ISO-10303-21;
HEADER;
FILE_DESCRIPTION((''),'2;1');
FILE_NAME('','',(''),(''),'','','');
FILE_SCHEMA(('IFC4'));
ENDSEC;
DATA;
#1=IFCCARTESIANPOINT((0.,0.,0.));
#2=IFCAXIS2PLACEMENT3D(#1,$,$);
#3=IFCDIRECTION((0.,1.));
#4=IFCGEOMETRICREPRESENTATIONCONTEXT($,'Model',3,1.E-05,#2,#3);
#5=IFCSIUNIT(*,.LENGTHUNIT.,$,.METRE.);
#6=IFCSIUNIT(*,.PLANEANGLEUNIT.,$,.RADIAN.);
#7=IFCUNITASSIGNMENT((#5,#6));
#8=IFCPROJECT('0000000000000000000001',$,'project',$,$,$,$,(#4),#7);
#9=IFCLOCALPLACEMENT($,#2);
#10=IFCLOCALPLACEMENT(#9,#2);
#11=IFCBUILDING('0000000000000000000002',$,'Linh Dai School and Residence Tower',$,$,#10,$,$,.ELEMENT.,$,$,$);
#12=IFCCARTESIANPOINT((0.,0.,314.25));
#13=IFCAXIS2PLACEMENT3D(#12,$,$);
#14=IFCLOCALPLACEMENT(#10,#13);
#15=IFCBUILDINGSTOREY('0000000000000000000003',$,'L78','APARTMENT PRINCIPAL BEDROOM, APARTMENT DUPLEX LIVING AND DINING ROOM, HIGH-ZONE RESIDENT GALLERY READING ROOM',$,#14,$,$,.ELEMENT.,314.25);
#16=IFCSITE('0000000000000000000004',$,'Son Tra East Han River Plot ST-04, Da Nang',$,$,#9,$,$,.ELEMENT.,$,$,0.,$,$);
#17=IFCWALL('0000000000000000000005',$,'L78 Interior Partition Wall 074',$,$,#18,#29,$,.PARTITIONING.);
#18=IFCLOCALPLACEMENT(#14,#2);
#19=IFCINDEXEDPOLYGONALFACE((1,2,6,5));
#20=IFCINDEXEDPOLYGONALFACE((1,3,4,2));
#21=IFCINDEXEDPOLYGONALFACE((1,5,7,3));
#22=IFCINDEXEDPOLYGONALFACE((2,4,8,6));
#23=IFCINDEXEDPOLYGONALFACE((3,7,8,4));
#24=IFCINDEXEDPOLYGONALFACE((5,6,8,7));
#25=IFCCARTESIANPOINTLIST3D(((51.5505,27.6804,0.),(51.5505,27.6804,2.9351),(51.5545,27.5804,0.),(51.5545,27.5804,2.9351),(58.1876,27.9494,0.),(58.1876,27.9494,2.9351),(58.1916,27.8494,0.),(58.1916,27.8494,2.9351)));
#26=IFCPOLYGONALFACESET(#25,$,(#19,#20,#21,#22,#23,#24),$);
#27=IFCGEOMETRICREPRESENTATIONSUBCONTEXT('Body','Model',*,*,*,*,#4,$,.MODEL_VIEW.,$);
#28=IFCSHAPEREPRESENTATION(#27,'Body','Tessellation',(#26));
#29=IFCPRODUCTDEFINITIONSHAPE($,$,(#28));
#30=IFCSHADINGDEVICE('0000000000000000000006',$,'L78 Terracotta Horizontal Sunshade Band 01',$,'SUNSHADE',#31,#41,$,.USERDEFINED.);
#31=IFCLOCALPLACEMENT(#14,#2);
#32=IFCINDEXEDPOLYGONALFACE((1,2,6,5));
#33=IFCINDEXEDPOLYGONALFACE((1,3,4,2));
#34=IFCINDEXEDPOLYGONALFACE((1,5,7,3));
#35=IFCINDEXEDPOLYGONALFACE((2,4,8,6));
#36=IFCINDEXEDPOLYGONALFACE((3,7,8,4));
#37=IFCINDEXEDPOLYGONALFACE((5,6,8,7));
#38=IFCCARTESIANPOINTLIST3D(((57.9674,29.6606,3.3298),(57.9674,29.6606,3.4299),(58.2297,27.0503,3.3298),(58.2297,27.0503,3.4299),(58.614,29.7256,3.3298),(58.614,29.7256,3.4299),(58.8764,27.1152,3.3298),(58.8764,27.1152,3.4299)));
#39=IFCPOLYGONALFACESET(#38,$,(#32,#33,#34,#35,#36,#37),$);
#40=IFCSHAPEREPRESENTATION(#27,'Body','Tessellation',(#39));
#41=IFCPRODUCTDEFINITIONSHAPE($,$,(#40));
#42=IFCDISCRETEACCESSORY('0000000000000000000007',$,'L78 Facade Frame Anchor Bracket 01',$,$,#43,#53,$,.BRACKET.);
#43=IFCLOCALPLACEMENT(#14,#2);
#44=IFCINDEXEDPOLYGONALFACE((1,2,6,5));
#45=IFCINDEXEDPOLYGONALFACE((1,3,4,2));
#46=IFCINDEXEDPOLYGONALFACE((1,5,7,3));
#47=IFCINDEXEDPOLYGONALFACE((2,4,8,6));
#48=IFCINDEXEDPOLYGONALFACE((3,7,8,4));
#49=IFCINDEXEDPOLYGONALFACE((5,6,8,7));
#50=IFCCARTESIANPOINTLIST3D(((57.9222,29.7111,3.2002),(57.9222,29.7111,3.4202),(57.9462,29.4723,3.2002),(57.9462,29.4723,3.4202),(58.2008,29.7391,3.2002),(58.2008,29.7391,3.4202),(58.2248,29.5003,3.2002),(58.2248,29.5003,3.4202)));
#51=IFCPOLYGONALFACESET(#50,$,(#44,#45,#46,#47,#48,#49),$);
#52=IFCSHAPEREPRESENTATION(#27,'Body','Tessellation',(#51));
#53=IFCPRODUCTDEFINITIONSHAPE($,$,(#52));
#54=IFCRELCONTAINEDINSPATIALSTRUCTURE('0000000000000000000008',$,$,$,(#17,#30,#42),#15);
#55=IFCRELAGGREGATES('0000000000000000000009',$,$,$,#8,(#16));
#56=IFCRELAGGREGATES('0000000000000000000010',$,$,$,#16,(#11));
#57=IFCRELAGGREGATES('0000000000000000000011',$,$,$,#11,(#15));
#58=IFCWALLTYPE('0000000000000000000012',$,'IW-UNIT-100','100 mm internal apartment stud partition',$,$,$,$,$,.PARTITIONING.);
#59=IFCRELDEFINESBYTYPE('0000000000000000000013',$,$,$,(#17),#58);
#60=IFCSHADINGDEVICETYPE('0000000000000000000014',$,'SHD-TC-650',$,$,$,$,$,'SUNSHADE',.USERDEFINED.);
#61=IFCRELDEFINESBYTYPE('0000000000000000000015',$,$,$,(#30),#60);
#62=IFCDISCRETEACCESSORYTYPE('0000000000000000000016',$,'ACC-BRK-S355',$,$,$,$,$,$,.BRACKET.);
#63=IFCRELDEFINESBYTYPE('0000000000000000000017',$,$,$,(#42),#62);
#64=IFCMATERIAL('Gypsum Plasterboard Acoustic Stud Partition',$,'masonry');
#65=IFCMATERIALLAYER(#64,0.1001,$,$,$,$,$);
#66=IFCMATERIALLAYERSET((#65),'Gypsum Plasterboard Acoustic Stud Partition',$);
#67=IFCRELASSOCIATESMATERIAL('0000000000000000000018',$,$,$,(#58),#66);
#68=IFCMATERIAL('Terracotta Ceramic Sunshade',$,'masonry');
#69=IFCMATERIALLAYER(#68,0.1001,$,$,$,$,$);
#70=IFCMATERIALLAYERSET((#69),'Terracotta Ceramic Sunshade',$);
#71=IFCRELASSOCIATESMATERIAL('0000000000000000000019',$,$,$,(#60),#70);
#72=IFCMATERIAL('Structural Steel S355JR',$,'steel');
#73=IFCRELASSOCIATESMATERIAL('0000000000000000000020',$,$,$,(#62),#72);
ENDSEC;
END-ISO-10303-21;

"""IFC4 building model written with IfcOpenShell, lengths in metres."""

from ifc_helpers import new_model, si_unit, direction, frame, frame_2d, origin, origin_2d, place, context, subcontext, project, spatial, rectangle, extrude, source, transform, mapped, material, layer, layer_set, type_object, element, save


model = new_model("IFC4")

# Units and contexts
model_context = context("Model", 3, precision=1e-05, world=origin(), true_north=direction((0.0, 1.0)))
body_context = subcontext(model_context, "Body", "Model", "MODEL_VIEW")
ifc_project = project(units=[si_unit("LENGTHUNIT", "METRE"), si_unit("PLANEANGLEUNIT", "RADIAN")], contexts=[model_context])

# Site, building, storey
site_placement = place(None, origin())
site = spatial("IfcSite", under=ifc_project, at=site_placement, Name="Son Tra East Han River Plot ST-04, Da Nang", CompositionType="ELEMENT", RefElevation=0.0)
building_placement = place(site_placement, origin())
building = spatial("IfcBuilding", under=site, at=building_placement, Name="Linh Dai School and Residence Tower", CompositionType="ELEMENT")
storey_placement = place(building_placement, frame((0.0, 0.0, 314.25)))
storey = spatial("IfcBuildingStorey", under=building, at=storey_placement, Name="L78", Description="APARTMENT PRINCIPAL BEDROOM, APARTMENT DUPLEX LIVING AND DINING ROOM, HIGH-ZONE RESIDENT GALLERY READING ROOM", CompositionType="ELEMENT", Elevation=314.25)

# Shared definitions
ifc_material_1 = material(Name="Structural Steel S355JR", Category="steel")

# Shared definitions
ifc_material_2 = material(Name="Gypsum Plasterboard Acoustic Stud Partition", Category="masonry")
ifc_layer_1 = layer(ifc_material_2, 0.1001)
ifc_layer_set_1 = layer_set([ifc_layer_1], Name="Gypsum Plasterboard Acoustic Stud Partition")
wall_type_1 = type_object("IfcWallType", Name="IW-UNIT-100", Description="100 mm internal apartment stud partition", PredefinedType="PARTITIONING", material=ifc_layer_set_1)

# Wall
wall_1_placement = place(storey_placement, frame((51.5525, 27.6304, 0.0), z_axis=(0.0, 0.0, 1.0), x_axis=(0.999179, 0.040502, 0.0)))
element("IfcWall", 1, at=wall_1_placement, inside=storey, type_object=wall_type_1, Name="L78 Interior Partition Wall 074", PredefinedType="PARTITIONING", context=body_context, shape_type="SweptSolid", body=[
    extrude(rectangle(XDim=6.6426, YDim=0.1001, at=frame_2d((3.3213, 0.0))), origin(), (0.0, 0.0, 1.0), 2.9351),
])

# Shading device
ifc_material_3 = material(Name="Terracotta Ceramic Sunshade", Category="masonry")
ifc_layer_2 = layer(ifc_material_3, 0.1001)
ifc_layer_set_2 = layer_set([ifc_layer_2], Name="Terracotta Ceramic Sunshade")
shading_device_type = type_object("IfcShadingDeviceType", Name="SHD-TC-650", ElementType="SUNSHADE", PredefinedType="USERDEFINED", material=ifc_layer_set_2)
shared_shape_1 = source(origin(), body_context, "Body", "SweptSolid", [
    extrude(rectangle(XDim=2.6235, YDim=0.6499, at=origin_2d()), origin(), (0.0, 0.0, 1.0), 0.1001),
])
shading_device_placement = place(storey_placement, frame((58.4219, 28.3879, 3.3298), z_axis=(0.0, 0.0, 1.0), x_axis=(0.100008, -0.994987, 0.0)))
element("IfcShadingDevice", 2, at=shading_device_placement, inside=storey, type_object=shading_device_type, Name="L78 Terracotta Horizontal Sunshade Band 01", ObjectType="SUNSHADE", PredefinedType="USERDEFINED", context=body_context, shape_type="MappedRepresentation", body=[
    mapped(shared_shape_1, transform((0.0, 0.0, 0.0), x_axis=(1.0, 0.0, 0.0), y_axis=(0.0, 1.0, 0.0), z_axis=(0.0, 0.0, 1.0), scale=1.0)),
])

# Discrete accessory
discrete_accessory_type = type_object("IfcDiscreteAccessoryType", Name="ACC-BRK-S355", PredefinedType="BRACKET", material=ifc_material_1)
shared_shape_2 = source(origin(), body_context, "Body", "SweptSolid", [
    extrude(rectangle(XDim=0.28, YDim=0.24, at=origin_2d()), origin(), (0.0, 0.0, 1.0), 0.22),
])
discrete_accessory_placement = place(storey_placement, frame((58.0735, 29.6057, 3.2002), z_axis=(0.0, 0.0, 1.0), x_axis=(0.994987, 0.100008, 0.0)))
element("IfcDiscreteAccessory", 3, at=discrete_accessory_placement, inside=storey, type_object=discrete_accessory_type, Name="L78 Facade Frame Anchor Bracket 01", PredefinedType="BRACKET", context=body_context, shape_type="MappedRepresentation", body=[
    mapped(shared_shape_2, transform((0.0, 0.0, 0.0), x_axis=(1.0, 0.0, 0.0), y_axis=(0.0, 1.0, 0.0), z_axis=(0.0, 0.0, 1.0), scale=1.0)),
])

save(model, "model.ifc")
